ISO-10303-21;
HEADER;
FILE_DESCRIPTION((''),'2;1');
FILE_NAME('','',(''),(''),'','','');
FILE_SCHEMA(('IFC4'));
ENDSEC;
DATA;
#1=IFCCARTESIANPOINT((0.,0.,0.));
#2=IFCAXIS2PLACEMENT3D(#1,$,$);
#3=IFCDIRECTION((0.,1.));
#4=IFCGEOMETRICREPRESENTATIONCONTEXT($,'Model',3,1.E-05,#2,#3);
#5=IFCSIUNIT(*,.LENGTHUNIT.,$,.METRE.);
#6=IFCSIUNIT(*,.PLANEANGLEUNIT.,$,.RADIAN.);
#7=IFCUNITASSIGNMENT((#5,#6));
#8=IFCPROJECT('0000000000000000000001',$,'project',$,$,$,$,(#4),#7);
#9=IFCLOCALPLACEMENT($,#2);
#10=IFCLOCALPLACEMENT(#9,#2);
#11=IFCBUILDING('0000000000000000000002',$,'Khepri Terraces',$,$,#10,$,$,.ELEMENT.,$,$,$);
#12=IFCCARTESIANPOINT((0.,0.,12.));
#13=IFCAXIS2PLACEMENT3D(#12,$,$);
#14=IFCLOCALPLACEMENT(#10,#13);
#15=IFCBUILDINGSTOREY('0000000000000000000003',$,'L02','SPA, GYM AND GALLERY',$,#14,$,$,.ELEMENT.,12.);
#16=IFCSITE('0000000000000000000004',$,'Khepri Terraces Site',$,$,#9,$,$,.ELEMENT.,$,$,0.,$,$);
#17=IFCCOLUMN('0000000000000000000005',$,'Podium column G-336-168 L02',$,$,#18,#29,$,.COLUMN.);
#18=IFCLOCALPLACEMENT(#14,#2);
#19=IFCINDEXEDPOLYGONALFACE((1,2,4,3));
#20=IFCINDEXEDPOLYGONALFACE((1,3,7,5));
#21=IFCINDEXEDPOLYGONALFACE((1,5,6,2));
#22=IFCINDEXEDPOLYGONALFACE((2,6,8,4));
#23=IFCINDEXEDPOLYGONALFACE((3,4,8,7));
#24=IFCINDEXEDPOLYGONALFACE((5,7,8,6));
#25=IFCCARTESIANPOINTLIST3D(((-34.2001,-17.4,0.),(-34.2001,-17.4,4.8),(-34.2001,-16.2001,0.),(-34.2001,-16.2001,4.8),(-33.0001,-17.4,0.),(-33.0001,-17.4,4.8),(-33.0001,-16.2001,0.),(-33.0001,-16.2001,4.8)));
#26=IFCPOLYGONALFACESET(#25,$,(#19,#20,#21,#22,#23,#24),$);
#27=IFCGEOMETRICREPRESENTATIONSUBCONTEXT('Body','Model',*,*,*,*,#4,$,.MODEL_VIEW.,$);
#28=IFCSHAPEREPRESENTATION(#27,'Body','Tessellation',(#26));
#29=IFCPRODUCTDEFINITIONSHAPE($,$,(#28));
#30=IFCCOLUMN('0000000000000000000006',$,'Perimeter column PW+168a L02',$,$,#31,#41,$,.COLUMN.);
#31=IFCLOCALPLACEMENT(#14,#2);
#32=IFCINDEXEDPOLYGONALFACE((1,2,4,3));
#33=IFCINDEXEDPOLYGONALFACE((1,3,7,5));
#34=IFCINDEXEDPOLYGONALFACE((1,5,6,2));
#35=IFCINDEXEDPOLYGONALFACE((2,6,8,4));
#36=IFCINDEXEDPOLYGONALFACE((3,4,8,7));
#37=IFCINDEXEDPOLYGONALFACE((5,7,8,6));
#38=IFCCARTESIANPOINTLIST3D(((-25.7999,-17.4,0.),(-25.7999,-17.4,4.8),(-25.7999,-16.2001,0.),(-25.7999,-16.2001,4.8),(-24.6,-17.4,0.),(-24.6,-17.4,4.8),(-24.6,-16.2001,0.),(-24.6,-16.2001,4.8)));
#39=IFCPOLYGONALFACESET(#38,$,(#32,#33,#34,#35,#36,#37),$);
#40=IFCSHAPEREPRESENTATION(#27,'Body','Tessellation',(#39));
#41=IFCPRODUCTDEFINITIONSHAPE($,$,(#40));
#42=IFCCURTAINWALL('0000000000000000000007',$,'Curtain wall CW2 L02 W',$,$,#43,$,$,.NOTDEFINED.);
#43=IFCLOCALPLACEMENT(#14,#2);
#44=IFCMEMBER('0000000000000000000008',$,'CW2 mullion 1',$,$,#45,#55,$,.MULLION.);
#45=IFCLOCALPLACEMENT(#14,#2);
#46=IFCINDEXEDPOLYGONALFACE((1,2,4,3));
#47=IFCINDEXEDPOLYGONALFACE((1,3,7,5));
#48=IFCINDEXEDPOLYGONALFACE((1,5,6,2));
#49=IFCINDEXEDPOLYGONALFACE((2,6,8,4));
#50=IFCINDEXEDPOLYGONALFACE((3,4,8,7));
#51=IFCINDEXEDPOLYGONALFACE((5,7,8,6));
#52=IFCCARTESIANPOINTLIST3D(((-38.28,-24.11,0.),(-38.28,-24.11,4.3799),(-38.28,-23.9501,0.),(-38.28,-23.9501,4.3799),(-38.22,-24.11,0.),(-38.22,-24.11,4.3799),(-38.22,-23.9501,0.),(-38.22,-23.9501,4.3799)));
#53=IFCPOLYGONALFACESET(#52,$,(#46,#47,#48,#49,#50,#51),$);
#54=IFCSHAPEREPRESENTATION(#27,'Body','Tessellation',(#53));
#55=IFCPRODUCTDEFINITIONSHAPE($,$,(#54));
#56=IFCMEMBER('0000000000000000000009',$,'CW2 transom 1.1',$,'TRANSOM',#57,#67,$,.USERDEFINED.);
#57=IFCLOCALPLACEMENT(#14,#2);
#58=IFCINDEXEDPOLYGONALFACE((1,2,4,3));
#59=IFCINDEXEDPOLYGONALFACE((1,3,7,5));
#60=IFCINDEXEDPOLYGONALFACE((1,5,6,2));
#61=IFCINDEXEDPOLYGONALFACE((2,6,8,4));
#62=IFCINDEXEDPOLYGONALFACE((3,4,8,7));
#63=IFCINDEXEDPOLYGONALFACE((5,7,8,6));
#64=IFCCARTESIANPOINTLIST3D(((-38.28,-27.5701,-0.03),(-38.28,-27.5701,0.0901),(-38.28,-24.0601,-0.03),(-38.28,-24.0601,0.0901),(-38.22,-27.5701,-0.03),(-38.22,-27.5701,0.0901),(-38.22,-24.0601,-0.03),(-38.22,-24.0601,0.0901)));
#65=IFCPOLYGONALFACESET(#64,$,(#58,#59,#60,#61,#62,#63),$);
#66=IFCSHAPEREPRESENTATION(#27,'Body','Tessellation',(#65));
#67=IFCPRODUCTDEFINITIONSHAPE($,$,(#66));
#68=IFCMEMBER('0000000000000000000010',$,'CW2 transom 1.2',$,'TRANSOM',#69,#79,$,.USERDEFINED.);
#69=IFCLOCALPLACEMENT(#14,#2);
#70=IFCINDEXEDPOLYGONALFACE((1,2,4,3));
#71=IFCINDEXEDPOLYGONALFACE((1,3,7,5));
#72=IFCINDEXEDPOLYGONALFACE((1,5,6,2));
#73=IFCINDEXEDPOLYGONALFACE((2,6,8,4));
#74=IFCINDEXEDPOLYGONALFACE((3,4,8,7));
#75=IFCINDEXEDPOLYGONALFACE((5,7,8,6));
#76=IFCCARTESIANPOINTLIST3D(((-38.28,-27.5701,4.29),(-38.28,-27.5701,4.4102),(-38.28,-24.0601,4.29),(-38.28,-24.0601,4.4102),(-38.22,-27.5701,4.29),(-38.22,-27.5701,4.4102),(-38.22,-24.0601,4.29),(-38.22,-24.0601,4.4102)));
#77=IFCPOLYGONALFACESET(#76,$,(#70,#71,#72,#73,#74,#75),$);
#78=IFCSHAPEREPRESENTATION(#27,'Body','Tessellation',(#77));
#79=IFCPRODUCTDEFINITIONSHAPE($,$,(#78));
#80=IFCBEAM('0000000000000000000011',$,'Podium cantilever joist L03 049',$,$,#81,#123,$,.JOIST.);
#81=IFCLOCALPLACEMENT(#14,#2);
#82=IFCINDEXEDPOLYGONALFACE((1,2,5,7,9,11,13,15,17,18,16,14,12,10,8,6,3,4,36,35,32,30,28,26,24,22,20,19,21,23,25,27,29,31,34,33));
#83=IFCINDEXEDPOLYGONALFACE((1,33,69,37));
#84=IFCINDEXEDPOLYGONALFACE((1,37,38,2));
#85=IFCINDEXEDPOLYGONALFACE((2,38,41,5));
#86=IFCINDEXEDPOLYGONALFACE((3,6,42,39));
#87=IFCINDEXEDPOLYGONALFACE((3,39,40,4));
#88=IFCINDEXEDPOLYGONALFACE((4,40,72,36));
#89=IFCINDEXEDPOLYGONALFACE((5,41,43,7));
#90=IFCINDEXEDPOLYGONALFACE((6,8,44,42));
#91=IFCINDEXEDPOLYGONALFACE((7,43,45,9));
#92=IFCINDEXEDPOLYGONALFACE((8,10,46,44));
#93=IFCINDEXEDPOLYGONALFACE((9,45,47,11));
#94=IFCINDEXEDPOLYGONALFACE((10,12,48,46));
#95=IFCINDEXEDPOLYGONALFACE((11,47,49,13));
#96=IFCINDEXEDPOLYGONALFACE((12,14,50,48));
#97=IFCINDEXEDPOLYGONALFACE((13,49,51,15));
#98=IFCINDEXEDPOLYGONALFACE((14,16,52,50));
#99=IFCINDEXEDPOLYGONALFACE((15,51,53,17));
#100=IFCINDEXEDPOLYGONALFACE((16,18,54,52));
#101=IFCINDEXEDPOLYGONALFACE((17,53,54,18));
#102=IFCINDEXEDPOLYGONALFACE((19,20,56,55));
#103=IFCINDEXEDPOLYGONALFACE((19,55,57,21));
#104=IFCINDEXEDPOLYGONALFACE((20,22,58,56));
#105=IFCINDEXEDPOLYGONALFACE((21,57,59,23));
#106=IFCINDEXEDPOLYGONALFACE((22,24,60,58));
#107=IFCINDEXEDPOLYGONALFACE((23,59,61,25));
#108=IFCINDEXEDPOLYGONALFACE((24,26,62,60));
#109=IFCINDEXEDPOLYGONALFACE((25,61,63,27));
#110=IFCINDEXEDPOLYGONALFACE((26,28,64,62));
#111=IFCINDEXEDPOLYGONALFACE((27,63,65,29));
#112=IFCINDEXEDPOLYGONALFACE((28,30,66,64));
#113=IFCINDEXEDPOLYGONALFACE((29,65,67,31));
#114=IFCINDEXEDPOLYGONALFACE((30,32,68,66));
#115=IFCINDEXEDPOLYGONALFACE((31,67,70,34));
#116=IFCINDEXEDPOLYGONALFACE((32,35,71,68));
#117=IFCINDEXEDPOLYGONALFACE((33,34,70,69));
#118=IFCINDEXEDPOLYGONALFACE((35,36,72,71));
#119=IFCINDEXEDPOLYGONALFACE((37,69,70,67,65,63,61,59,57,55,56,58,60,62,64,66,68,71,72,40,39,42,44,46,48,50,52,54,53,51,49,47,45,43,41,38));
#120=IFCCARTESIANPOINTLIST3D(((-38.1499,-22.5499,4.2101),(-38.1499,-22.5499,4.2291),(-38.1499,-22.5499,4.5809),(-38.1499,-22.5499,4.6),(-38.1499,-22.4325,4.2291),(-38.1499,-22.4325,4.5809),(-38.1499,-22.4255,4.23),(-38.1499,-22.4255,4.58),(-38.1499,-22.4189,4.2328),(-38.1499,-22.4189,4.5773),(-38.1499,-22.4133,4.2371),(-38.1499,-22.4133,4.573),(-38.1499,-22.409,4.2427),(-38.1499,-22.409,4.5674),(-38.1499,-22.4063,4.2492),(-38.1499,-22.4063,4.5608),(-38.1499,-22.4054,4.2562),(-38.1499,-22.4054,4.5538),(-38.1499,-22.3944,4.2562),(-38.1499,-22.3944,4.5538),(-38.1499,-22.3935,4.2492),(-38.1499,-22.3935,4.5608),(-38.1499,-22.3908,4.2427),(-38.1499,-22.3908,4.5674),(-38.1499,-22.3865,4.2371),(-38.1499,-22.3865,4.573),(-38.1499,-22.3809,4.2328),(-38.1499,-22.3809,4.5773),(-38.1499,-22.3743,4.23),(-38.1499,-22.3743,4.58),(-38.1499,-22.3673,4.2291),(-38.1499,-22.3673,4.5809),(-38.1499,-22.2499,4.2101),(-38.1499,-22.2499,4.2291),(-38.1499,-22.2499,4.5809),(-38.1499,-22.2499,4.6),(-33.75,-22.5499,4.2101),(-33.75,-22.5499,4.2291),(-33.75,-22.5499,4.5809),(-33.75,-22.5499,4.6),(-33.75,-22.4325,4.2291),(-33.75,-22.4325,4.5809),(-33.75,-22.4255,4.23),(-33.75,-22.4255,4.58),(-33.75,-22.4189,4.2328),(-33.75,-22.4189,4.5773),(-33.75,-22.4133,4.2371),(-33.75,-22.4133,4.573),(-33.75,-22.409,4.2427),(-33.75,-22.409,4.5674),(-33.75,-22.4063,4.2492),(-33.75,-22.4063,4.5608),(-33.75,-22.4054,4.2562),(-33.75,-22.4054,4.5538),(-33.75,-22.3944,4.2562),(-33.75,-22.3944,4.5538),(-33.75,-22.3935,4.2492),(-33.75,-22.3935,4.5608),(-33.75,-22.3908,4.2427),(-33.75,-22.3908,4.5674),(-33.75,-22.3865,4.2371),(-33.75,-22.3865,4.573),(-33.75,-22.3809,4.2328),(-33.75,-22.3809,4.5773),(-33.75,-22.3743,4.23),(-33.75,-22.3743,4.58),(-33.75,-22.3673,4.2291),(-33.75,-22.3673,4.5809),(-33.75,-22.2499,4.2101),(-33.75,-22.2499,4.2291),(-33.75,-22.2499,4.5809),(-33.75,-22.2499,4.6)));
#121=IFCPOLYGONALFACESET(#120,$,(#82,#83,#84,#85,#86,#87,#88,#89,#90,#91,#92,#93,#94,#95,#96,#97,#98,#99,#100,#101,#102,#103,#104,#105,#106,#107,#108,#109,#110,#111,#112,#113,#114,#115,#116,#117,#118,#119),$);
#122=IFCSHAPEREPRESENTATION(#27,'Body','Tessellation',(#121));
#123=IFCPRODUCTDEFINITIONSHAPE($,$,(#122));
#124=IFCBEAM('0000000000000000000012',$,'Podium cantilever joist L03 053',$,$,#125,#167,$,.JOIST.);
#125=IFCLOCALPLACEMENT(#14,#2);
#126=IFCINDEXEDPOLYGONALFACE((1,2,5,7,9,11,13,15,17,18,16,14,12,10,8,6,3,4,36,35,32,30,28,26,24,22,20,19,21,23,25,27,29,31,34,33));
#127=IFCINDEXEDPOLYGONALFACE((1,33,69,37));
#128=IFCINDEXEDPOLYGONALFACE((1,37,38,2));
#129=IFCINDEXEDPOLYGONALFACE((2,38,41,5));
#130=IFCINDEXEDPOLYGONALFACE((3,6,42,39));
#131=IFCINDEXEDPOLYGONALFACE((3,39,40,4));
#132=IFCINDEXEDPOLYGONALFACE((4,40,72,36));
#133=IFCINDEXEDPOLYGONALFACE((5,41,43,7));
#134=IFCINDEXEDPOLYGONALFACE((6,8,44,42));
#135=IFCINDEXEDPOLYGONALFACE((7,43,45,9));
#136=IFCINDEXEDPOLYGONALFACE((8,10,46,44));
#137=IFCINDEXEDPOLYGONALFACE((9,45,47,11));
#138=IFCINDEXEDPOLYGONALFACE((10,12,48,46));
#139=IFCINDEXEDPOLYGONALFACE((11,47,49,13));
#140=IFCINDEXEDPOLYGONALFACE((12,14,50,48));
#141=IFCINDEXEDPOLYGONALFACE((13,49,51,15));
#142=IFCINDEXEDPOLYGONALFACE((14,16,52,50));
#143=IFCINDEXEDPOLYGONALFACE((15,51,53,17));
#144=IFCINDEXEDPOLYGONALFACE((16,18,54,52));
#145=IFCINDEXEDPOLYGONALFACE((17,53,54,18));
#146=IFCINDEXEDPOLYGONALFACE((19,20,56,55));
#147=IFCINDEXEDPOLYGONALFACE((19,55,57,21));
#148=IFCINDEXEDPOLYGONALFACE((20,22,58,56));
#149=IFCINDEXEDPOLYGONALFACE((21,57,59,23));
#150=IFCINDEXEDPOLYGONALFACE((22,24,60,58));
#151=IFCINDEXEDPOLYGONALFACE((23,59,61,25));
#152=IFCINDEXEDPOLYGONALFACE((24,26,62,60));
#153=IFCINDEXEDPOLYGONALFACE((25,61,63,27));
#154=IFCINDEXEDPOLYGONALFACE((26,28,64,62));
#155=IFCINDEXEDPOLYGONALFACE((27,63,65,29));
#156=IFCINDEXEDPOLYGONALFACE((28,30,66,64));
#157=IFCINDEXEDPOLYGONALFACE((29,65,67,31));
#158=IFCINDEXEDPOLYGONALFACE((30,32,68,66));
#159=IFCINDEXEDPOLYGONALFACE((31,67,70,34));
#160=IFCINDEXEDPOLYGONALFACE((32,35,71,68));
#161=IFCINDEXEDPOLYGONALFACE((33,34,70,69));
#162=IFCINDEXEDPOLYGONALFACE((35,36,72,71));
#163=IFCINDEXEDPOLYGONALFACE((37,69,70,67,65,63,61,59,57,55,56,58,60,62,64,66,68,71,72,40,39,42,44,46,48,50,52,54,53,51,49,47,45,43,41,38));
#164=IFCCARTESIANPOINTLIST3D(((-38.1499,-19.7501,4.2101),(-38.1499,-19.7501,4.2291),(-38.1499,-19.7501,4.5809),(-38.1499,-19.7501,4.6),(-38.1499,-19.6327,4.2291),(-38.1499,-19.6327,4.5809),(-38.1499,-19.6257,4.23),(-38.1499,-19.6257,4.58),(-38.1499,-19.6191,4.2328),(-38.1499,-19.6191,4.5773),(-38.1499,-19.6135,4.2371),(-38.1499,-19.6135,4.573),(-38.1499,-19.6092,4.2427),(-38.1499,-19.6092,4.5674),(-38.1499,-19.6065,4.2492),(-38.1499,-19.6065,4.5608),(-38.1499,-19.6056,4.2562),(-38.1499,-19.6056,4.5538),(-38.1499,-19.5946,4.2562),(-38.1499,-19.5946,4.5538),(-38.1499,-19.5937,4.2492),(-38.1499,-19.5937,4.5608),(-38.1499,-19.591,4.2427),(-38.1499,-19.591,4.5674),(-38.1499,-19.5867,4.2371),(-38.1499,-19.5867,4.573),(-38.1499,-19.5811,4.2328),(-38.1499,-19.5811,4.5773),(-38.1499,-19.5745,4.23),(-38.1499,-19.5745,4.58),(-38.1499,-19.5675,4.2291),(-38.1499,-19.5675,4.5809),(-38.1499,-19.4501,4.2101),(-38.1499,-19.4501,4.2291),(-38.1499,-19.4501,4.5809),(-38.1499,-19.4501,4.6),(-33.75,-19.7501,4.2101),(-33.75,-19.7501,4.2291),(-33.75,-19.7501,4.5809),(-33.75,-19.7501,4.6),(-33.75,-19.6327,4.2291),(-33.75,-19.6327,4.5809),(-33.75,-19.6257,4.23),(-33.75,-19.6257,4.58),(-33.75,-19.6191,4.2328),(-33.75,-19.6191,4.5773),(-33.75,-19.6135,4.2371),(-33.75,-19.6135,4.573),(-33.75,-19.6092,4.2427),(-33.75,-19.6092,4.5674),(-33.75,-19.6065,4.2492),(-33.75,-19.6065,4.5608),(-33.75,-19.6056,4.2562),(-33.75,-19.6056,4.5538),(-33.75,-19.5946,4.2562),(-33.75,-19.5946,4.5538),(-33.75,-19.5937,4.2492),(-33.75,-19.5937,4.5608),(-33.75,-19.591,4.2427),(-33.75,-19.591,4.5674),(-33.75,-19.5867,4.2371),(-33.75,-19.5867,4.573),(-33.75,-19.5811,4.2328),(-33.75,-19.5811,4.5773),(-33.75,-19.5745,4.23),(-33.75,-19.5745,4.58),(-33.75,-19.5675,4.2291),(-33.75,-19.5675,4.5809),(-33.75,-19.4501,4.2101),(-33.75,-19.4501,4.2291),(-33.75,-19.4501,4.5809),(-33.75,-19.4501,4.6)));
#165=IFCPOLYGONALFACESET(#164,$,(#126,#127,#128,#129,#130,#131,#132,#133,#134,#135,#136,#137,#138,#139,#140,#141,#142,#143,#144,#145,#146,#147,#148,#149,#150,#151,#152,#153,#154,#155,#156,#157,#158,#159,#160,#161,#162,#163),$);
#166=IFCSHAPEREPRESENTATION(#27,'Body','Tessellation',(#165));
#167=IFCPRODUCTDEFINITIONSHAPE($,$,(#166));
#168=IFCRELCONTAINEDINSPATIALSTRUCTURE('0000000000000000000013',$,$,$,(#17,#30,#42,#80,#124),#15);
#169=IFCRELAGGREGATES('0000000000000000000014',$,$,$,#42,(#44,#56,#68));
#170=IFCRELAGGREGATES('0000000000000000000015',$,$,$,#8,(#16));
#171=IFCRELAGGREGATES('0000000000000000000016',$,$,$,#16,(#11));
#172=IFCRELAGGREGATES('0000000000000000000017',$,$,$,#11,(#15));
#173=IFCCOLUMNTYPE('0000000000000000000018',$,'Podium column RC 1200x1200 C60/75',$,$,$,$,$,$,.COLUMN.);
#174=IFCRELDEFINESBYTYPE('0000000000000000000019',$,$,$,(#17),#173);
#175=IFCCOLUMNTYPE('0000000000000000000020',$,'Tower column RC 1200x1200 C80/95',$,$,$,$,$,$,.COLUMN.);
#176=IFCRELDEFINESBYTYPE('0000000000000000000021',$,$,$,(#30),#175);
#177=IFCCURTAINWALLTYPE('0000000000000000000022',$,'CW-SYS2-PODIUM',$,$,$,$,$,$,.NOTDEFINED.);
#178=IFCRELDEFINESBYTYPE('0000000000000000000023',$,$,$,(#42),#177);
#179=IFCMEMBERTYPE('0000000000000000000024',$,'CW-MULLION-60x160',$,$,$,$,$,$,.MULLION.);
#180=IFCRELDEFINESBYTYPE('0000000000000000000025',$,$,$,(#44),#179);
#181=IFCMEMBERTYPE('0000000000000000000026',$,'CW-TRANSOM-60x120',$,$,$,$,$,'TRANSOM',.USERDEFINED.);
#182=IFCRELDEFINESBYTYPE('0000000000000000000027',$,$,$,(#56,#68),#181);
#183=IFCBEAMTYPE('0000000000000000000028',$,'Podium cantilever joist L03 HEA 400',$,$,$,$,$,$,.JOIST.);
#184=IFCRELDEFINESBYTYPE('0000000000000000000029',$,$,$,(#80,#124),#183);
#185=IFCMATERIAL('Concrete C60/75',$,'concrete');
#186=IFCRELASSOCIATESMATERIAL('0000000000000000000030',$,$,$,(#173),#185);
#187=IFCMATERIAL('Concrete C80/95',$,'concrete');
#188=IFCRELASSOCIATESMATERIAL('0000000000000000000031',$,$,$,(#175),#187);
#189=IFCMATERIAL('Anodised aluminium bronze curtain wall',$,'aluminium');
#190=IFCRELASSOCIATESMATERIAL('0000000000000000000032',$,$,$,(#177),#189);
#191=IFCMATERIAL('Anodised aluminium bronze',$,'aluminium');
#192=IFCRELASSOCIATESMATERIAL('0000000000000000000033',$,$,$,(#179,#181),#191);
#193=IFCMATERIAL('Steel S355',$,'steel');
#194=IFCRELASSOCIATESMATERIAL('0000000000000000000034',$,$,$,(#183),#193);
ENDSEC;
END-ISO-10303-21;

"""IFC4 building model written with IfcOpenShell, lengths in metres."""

from ifc_helpers import new_model, si_unit, direction, frame, origin, origin_2d, place, context, subcontext, project, spatial, rectangle, i_section, extrude, material, material_profile, profile_set, type_object, element, aggregate, save


model = new_model("IFC4")

# Units and contexts
model_context = context("Model", 3, precision=1e-05, world=origin(), true_north=direction((0.0, 1.0)))
body_context = subcontext(model_context, "Body", "Model", "MODEL_VIEW")
ifc_project = project(units=[si_unit("LENGTHUNIT", "METRE"), si_unit("PLANEANGLEUNIT", "RADIAN")], contexts=[model_context])

# Site, building, storey
site_placement = place(None, origin())
site = spatial("IfcSite", under=ifc_project, at=site_placement, Name="Khepri Terraces Site", CompositionType="ELEMENT", RefElevation=0.0)
building_placement = place(site_placement, origin())
building = spatial("IfcBuilding", under=site, at=building_placement, Name="Khepri Terraces", CompositionType="ELEMENT")
storey_placement = place(building_placement, frame((0.0, 0.0, 12.0)))
storey = spatial("IfcBuildingStorey", under=building, at=storey_placement, Name="L02", Description="SPA, GYM AND GALLERY", CompositionType="ELEMENT", Elevation=12.0)

# Columns
ifc_material_1 = material(Name="Concrete C60/75", Category="concrete")
ifc_material_profile_1 = material_profile(ifc_material_1, rectangle(XDim=1.2, YDim=1.2, at=origin_2d()), Name="Concrete C60/75", Category="concrete")
ifc_profile_set_1 = profile_set([ifc_material_profile_1], Name="Concrete C60/75")
column_type_1 = type_object("IfcColumnType", Name="Podium column RC 1200x1200 C60/75", PredefinedType="COLUMN", material=ifc_profile_set_1)
column_1_placement = place(storey_placement, frame((-33.6001, -16.8, 0.0), z_axis=(0.0, 0.0, 1.0), x_axis=(1.0, 0.0, 0.0)))
element("IfcColumn", 1, at=column_1_placement, inside=storey, type_object=column_type_1, Name="Podium column G-336-168 L02", PredefinedType="COLUMN", context=body_context, shape_type="SweptSolid", body=[
    extrude(rectangle(XDim=1.2, YDim=1.2, at=origin_2d()), origin(), (0.0, 0.0, 1.0), 4.8),
])
ifc_material_2 = material(Name="Concrete C80/95", Category="concrete")
ifc_material_profile_2 = material_profile(ifc_material_2, rectangle(XDim=1.2, YDim=1.2, at=origin_2d()), Name="Concrete C80/95", Category="concrete")
ifc_profile_set_2 = profile_set([ifc_material_profile_2], Name="Concrete C80/95")
column_type_2 = type_object("IfcColumnType", Name="Tower column RC 1200x1200 C80/95", PredefinedType="COLUMN", material=ifc_profile_set_2)
column_2_placement = place(storey_placement, frame((-25.2, -16.8, 0.0), z_axis=(0.0, 0.0, 1.0), x_axis=(1.0, 0.0, 0.0)))
element("IfcColumn", 2, at=column_2_placement, inside=storey, type_object=column_type_2, Name="Perimeter column PW+168a L02", PredefinedType="COLUMN", context=body_context, shape_type="SweptSolid", body=[
    extrude(rectangle(XDim=1.2, YDim=1.2, at=origin_2d()), origin(), (0.0, 0.0, 1.0), 4.8),
])

# Curtain wall, members
ifc_material_3 = material(Name="Anodised aluminium bronze curtain wall", Category="aluminium")
curtain_wall_type = type_object("IfcCurtainWallType", Name="CW-SYS2-PODIUM", PredefinedType="NOTDEFINED", material=ifc_material_3)
curtain_wall_placement = place(storey_placement, origin())
curtain_wall = element("IfcCurtainWall", 3, at=curtain_wall_placement, inside=storey, type_object=curtain_wall_type, Name="Curtain wall CW2 L02 W", PredefinedType="NOTDEFINED")
ifc_material_4 = material(Name="Anodised aluminium bronze", Category="aluminium")
ifc_material_profile_3 = material_profile(ifc_material_4, rectangle(XDim=0.0601, YDim=0.1599, at=origin_2d()), Name="Anodised aluminium bronze", Category="aluminium")
ifc_profile_set_3 = profile_set([ifc_material_profile_3], Name="Anodised aluminium bronze")
member_type_1 = type_object("IfcMemberType", Name="CW-MULLION-60x160", PredefinedType="MULLION", material=ifc_profile_set_3)
member_1_placement = place(storey_placement, frame((-38.25, -24.03, 0.0), z_axis=(0.0, 0.0, 1.0), x_axis=(1.0, 0.0, 0.0)))
member_1 = element("IfcMember", 4, at=member_1_placement, type_object=member_type_1, Name="CW2 mullion 1", PredefinedType="MULLION", context=body_context, shape_type="SweptSolid", body=[
    extrude(rectangle(XDim=0.0601, YDim=0.1599, at=origin_2d()), origin(), (0.0, 0.0, 1.0), 4.3799),
])
ifc_material_profile_4 = material_profile(ifc_material_4, rectangle(XDim=0.0601, YDim=0.1201, at=origin_2d()), Name="Anodised aluminium bronze", Category="aluminium")
ifc_profile_set_4 = profile_set([ifc_material_profile_4], Name="Anodised aluminium bronze")
member_type_2 = type_object("IfcMemberType", Name="CW-TRANSOM-60x120", ElementType="TRANSOM", PredefinedType="USERDEFINED", material=ifc_profile_set_4)
member_2_placement = place(storey_placement, frame((-38.25, -24.0601, 0.03), z_axis=(0.0, -1.0, 0.0), x_axis=(1.0, 0.0, 0.0)))
member_2 = element("IfcMember", 5, at=member_2_placement, type_object=member_type_2, Name="CW2 transom 1.1", ObjectType="TRANSOM", PredefinedType="USERDEFINED", context=body_context, shape_type="SweptSolid", body=[
    extrude(rectangle(XDim=0.0601, YDim=0.1201, at=origin_2d()), origin(), (0.0, 0.0, 1.0), 3.51),
])
member_3_placement = place(storey_placement, frame((-38.25, -24.0601, 4.3501), z_axis=(0.0, -1.0, 0.0), x_axis=(1.0, 0.0, 0.0)))
member_3 = element("IfcMember", 6, at=member_3_placement, type_object=member_type_2, Name="CW2 transom 1.2", ObjectType="TRANSOM", PredefinedType="USERDEFINED", context=body_context, shape_type="SweptSolid", body=[
    extrude(rectangle(XDim=0.0601, YDim=0.1201, at=origin_2d()), origin(), (0.0, 0.0, 1.0), 3.51),
])
aggregate(curtain_wall, [member_1, member_2, member_3])

# Beams
ifc_material_5 = material(Name="Steel S355", Category="steel")
ifc_material_profile_5 = material_profile(ifc_material_5, i_section(OverallWidth=0.3, OverallDepth=0.3899, WebThickness=0.011, FlangeThickness=0.019, FilletRadius=0.0271, at=origin_2d()), Name="Steel S355", Category="steel")
ifc_profile_set_5 = profile_set([ifc_material_profile_5], Name="Steel S355")
beam_type_1 = type_object("IfcBeamType", Name="Podium cantilever joist L03 HEA 400", PredefinedType="JOIST", material=ifc_profile_set_5)
for number, where, z_axis, x_axis, name in (
    (7, (-38.1499, -22.3999, 4.405), (1.0, 0.0, 0.0), (0.0, 1.0, 0.0), "Podium cantilever joist L03 049"),
    (8, (-38.1499, -19.6001, 4.405), (1.0, 0.0, 0.0), (0.0, 1.0, 0.0), "Podium cantilever joist L03 053"),
):
    element("IfcBeam", number, at=place(storey_placement, frame(where, z_axis=z_axis, x_axis=x_axis)), inside=storey, type_object=beam_type_1, Name=name, PredefinedType="JOIST", context=body_context, shape_type="SweptSolid", body=[
        extrude(i_section(OverallWidth=0.3, OverallDepth=0.3899, WebThickness=0.011, FlangeThickness=0.019, FilletRadius=0.0271, at=origin_2d()), origin(), (0.0, 0.0, 1.0), 4.3999),
    ])

save(model, "model.ifc")
